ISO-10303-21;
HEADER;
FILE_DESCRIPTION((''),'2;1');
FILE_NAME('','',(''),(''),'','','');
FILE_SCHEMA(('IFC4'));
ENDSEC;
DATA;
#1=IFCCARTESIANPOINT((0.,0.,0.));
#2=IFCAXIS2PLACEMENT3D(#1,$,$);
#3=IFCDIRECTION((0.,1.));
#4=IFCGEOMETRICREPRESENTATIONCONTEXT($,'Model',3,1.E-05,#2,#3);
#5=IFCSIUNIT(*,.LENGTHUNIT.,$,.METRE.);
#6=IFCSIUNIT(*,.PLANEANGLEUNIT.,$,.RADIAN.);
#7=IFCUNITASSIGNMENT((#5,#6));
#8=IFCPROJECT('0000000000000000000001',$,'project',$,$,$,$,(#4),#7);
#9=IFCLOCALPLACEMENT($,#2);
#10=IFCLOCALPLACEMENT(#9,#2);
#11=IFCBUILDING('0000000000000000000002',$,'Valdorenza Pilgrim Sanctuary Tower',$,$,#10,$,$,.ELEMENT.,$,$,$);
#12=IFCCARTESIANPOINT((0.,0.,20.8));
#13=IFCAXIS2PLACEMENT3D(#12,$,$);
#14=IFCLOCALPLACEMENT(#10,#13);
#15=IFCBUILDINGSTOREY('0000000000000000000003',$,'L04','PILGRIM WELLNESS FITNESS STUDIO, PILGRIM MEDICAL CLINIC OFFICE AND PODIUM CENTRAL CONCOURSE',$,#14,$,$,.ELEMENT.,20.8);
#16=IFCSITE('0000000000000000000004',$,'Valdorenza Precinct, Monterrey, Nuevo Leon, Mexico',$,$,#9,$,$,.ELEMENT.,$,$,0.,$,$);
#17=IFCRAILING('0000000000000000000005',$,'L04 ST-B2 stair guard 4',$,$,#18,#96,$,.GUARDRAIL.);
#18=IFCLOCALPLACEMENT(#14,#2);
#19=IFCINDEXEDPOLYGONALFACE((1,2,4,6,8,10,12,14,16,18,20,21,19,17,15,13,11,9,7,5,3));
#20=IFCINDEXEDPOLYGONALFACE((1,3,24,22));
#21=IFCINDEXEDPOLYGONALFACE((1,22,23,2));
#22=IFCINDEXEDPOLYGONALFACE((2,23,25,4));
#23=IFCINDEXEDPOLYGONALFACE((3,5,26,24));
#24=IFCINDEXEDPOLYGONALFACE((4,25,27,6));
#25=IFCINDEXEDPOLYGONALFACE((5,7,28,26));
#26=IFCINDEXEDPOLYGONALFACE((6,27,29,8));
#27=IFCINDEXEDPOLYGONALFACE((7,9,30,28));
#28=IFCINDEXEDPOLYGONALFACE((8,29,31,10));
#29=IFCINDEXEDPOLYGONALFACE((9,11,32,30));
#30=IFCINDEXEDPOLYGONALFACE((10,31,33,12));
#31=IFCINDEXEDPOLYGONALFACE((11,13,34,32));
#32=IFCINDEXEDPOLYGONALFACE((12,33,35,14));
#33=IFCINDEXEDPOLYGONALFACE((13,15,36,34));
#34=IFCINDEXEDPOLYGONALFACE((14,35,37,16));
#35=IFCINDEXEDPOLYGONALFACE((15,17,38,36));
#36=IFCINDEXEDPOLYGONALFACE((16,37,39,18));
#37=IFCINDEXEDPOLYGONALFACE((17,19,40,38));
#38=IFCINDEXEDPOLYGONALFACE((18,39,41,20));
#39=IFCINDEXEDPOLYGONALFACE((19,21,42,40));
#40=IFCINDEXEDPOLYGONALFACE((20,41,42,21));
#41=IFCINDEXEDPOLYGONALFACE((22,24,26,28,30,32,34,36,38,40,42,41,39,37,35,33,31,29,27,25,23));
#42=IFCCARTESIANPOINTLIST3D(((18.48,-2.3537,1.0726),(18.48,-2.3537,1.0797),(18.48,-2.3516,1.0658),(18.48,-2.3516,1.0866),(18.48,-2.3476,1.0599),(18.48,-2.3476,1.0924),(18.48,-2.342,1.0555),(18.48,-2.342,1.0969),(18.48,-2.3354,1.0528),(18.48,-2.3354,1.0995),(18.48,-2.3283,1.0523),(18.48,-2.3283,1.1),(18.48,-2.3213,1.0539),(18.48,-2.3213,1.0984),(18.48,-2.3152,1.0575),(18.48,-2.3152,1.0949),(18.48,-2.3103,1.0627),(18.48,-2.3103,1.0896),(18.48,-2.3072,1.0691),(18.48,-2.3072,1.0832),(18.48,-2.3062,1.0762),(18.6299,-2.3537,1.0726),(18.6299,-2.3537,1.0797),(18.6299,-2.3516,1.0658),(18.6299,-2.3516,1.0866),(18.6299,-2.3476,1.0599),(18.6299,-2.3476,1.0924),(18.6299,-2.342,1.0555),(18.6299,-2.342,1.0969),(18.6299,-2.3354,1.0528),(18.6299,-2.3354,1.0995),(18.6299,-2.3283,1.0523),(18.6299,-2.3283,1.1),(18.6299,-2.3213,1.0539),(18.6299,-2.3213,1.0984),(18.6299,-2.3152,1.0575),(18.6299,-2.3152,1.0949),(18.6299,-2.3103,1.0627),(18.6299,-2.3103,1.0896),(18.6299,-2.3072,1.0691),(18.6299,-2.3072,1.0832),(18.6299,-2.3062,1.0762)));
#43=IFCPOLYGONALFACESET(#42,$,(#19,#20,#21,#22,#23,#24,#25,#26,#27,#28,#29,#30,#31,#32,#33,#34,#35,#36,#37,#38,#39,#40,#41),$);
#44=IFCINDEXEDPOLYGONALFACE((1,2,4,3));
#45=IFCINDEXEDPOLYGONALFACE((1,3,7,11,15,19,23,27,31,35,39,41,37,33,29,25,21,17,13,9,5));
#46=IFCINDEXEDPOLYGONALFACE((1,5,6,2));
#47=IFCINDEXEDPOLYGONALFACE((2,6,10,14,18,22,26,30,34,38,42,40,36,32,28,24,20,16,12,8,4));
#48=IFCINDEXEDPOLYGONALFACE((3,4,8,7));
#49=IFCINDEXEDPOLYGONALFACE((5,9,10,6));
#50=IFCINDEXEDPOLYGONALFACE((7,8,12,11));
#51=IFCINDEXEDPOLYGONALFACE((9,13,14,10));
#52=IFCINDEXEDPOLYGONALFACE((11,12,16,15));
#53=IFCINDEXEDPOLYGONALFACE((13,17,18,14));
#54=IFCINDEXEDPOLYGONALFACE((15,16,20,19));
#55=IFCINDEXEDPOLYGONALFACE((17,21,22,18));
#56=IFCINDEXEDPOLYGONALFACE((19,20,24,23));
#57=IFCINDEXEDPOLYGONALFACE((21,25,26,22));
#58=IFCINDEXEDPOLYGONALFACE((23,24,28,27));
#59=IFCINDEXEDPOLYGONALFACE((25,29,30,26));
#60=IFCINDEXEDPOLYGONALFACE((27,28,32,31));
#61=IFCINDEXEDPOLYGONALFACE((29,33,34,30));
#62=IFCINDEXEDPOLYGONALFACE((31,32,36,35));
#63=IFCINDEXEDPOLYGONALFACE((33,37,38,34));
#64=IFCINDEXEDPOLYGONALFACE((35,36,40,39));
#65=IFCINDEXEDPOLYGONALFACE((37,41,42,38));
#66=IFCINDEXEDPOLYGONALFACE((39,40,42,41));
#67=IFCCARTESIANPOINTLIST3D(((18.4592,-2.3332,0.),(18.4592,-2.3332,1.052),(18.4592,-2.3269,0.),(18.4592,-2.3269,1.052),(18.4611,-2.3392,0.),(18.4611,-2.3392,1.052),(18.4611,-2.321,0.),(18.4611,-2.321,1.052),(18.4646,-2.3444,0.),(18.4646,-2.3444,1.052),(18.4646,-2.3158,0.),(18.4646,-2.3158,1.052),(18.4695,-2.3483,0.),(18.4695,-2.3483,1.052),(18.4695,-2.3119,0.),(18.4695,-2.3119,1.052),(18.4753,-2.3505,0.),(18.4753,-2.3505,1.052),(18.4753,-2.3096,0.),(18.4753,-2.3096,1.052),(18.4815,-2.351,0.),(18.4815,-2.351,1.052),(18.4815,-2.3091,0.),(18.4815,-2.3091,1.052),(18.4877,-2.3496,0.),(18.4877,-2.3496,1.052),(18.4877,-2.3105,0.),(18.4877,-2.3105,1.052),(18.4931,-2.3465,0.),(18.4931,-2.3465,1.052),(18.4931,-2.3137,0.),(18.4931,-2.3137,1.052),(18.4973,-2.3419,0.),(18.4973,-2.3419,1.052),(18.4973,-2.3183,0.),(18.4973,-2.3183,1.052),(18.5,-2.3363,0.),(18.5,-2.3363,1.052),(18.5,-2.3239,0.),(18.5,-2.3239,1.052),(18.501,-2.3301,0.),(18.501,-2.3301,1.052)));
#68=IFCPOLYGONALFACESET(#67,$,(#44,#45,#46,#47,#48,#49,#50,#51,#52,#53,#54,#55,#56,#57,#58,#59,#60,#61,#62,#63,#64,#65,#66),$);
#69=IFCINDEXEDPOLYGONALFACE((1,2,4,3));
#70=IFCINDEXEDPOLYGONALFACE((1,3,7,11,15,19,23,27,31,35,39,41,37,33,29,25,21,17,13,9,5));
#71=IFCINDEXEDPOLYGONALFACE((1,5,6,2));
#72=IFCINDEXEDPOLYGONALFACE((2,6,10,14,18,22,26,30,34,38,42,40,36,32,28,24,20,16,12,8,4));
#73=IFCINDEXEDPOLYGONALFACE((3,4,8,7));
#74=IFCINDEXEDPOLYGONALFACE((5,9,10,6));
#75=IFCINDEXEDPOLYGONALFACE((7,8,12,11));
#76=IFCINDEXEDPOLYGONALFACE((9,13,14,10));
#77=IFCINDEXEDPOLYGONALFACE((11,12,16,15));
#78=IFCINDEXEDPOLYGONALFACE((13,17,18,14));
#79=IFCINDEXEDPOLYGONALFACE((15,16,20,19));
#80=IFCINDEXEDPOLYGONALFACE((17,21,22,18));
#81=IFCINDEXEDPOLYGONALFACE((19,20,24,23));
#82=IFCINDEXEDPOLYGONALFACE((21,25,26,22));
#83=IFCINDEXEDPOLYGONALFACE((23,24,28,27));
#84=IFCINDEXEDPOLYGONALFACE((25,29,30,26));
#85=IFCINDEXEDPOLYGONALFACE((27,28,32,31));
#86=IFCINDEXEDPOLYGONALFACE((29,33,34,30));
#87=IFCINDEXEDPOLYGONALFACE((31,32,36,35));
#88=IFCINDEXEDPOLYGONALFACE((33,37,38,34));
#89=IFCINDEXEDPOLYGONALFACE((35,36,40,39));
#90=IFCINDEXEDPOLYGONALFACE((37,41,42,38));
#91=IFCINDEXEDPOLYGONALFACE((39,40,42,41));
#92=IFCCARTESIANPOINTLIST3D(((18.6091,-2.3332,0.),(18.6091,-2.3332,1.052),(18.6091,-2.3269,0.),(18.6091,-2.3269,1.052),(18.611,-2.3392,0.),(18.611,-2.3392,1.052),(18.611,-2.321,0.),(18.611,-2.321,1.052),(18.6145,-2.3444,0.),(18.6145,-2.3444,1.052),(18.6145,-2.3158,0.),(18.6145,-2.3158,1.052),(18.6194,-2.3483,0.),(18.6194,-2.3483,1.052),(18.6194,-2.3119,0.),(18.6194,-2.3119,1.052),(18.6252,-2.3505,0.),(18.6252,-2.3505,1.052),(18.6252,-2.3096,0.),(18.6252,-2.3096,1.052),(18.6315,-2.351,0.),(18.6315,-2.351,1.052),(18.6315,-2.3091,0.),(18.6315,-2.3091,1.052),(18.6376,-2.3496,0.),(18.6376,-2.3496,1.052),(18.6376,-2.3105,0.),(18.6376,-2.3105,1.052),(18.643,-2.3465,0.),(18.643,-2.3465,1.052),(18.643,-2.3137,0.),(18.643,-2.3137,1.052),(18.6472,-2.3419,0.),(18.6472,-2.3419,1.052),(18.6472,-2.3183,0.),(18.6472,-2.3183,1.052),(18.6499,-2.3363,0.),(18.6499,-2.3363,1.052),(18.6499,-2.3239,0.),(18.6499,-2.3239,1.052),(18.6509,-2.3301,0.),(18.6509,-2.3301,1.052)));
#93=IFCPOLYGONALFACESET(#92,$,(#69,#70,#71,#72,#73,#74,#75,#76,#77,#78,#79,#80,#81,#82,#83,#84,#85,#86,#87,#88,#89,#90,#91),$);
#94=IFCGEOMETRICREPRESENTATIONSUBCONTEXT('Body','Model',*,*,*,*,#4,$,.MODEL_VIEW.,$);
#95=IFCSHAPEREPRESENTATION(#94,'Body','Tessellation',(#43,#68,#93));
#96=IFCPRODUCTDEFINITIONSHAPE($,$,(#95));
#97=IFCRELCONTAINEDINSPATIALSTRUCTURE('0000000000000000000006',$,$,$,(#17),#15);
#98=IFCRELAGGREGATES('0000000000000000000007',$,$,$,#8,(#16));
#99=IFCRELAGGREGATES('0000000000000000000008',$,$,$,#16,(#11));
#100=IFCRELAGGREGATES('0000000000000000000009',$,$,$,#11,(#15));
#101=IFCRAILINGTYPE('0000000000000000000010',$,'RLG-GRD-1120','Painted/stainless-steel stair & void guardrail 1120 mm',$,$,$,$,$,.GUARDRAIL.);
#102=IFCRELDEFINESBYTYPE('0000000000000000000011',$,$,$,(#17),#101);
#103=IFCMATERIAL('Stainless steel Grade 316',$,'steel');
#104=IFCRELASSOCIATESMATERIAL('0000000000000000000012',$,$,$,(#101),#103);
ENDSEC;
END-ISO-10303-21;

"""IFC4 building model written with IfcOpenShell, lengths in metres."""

from ifc_helpers import new_model, si_unit, direction, frame, origin, origin_2d, place, context, subcontext, project, spatial, circle, extrude, material, type_object, element, save


model = new_model("IFC4")

# Units and contexts
model_context = context("Model", 3, precision=1e-05, world=origin(), true_north=direction((0.0, 1.0)))
body_context = subcontext(model_context, "Body", "Model", "MODEL_VIEW")
ifc_project = project(units=[si_unit("LENGTHUNIT", "METRE"), si_unit("PLANEANGLEUNIT", "RADIAN")], contexts=[model_context])

# Site, building, storey
site_placement = place(None, origin())
site = spatial("IfcSite", under=ifc_project, at=site_placement, Name="Valdorenza Precinct, Monterrey, Nuevo Leon, Mexico", CompositionType="ELEMENT", RefElevation=0.0)
building_placement = place(site_placement, origin())
building = spatial("IfcBuilding", under=site, at=building_placement, Name="Valdorenza Pilgrim Sanctuary Tower", CompositionType="ELEMENT")
storey_placement = place(building_placement, frame((0.0, 0.0, 20.8)))
storey = spatial("IfcBuildingStorey", under=building, at=storey_placement, Name="L04", Description="PILGRIM WELLNESS FITNESS STUDIO, PILGRIM MEDICAL CLINIC OFFICE AND PODIUM CENTRAL CONCOURSE", CompositionType="ELEMENT", Elevation=20.8)

# Railing
ifc_material_1 = material(Name="Stainless steel Grade 316", Category="steel")
railing_type_1 = type_object("IfcRailingType", Name="RLG-GRD-1120", Description="Painted/stainless-steel stair & void guardrail 1120 mm", PredefinedType="GUARDRAIL", material=ifc_material_1)
railing_1_placement = place(storey_placement, frame((18.48, -2.3301, 0.0)))
element("IfcRailing", 1, at=railing_1_placement, inside=storey, type_object=railing_type_1, Name="L04 ST-B2 stair guard 4", PredefinedType="GUARDRAIL", context=body_context, shape_type="SweptSolid", body=[
    extrude(circle(Radius=0.0239, at=origin_2d()), frame((0.0, 0.0, 1.0762), z_axis=(1.0, 0.0, 0.0), x_axis=(0.0, 1.0, 0.0)), (0.0, 0.0, 1.0), 0.1499),
    extrude(circle(Radius=0.021, at=origin_2d()), origin(), (0.0, 0.0, 1.0), 1.052),
    extrude(circle(Radius=0.021, at=origin_2d()), frame((0.1499, 0.0, 0.0)), (0.0, 0.0, 1.0), 1.052),
])

save(model, "model.ifc")
